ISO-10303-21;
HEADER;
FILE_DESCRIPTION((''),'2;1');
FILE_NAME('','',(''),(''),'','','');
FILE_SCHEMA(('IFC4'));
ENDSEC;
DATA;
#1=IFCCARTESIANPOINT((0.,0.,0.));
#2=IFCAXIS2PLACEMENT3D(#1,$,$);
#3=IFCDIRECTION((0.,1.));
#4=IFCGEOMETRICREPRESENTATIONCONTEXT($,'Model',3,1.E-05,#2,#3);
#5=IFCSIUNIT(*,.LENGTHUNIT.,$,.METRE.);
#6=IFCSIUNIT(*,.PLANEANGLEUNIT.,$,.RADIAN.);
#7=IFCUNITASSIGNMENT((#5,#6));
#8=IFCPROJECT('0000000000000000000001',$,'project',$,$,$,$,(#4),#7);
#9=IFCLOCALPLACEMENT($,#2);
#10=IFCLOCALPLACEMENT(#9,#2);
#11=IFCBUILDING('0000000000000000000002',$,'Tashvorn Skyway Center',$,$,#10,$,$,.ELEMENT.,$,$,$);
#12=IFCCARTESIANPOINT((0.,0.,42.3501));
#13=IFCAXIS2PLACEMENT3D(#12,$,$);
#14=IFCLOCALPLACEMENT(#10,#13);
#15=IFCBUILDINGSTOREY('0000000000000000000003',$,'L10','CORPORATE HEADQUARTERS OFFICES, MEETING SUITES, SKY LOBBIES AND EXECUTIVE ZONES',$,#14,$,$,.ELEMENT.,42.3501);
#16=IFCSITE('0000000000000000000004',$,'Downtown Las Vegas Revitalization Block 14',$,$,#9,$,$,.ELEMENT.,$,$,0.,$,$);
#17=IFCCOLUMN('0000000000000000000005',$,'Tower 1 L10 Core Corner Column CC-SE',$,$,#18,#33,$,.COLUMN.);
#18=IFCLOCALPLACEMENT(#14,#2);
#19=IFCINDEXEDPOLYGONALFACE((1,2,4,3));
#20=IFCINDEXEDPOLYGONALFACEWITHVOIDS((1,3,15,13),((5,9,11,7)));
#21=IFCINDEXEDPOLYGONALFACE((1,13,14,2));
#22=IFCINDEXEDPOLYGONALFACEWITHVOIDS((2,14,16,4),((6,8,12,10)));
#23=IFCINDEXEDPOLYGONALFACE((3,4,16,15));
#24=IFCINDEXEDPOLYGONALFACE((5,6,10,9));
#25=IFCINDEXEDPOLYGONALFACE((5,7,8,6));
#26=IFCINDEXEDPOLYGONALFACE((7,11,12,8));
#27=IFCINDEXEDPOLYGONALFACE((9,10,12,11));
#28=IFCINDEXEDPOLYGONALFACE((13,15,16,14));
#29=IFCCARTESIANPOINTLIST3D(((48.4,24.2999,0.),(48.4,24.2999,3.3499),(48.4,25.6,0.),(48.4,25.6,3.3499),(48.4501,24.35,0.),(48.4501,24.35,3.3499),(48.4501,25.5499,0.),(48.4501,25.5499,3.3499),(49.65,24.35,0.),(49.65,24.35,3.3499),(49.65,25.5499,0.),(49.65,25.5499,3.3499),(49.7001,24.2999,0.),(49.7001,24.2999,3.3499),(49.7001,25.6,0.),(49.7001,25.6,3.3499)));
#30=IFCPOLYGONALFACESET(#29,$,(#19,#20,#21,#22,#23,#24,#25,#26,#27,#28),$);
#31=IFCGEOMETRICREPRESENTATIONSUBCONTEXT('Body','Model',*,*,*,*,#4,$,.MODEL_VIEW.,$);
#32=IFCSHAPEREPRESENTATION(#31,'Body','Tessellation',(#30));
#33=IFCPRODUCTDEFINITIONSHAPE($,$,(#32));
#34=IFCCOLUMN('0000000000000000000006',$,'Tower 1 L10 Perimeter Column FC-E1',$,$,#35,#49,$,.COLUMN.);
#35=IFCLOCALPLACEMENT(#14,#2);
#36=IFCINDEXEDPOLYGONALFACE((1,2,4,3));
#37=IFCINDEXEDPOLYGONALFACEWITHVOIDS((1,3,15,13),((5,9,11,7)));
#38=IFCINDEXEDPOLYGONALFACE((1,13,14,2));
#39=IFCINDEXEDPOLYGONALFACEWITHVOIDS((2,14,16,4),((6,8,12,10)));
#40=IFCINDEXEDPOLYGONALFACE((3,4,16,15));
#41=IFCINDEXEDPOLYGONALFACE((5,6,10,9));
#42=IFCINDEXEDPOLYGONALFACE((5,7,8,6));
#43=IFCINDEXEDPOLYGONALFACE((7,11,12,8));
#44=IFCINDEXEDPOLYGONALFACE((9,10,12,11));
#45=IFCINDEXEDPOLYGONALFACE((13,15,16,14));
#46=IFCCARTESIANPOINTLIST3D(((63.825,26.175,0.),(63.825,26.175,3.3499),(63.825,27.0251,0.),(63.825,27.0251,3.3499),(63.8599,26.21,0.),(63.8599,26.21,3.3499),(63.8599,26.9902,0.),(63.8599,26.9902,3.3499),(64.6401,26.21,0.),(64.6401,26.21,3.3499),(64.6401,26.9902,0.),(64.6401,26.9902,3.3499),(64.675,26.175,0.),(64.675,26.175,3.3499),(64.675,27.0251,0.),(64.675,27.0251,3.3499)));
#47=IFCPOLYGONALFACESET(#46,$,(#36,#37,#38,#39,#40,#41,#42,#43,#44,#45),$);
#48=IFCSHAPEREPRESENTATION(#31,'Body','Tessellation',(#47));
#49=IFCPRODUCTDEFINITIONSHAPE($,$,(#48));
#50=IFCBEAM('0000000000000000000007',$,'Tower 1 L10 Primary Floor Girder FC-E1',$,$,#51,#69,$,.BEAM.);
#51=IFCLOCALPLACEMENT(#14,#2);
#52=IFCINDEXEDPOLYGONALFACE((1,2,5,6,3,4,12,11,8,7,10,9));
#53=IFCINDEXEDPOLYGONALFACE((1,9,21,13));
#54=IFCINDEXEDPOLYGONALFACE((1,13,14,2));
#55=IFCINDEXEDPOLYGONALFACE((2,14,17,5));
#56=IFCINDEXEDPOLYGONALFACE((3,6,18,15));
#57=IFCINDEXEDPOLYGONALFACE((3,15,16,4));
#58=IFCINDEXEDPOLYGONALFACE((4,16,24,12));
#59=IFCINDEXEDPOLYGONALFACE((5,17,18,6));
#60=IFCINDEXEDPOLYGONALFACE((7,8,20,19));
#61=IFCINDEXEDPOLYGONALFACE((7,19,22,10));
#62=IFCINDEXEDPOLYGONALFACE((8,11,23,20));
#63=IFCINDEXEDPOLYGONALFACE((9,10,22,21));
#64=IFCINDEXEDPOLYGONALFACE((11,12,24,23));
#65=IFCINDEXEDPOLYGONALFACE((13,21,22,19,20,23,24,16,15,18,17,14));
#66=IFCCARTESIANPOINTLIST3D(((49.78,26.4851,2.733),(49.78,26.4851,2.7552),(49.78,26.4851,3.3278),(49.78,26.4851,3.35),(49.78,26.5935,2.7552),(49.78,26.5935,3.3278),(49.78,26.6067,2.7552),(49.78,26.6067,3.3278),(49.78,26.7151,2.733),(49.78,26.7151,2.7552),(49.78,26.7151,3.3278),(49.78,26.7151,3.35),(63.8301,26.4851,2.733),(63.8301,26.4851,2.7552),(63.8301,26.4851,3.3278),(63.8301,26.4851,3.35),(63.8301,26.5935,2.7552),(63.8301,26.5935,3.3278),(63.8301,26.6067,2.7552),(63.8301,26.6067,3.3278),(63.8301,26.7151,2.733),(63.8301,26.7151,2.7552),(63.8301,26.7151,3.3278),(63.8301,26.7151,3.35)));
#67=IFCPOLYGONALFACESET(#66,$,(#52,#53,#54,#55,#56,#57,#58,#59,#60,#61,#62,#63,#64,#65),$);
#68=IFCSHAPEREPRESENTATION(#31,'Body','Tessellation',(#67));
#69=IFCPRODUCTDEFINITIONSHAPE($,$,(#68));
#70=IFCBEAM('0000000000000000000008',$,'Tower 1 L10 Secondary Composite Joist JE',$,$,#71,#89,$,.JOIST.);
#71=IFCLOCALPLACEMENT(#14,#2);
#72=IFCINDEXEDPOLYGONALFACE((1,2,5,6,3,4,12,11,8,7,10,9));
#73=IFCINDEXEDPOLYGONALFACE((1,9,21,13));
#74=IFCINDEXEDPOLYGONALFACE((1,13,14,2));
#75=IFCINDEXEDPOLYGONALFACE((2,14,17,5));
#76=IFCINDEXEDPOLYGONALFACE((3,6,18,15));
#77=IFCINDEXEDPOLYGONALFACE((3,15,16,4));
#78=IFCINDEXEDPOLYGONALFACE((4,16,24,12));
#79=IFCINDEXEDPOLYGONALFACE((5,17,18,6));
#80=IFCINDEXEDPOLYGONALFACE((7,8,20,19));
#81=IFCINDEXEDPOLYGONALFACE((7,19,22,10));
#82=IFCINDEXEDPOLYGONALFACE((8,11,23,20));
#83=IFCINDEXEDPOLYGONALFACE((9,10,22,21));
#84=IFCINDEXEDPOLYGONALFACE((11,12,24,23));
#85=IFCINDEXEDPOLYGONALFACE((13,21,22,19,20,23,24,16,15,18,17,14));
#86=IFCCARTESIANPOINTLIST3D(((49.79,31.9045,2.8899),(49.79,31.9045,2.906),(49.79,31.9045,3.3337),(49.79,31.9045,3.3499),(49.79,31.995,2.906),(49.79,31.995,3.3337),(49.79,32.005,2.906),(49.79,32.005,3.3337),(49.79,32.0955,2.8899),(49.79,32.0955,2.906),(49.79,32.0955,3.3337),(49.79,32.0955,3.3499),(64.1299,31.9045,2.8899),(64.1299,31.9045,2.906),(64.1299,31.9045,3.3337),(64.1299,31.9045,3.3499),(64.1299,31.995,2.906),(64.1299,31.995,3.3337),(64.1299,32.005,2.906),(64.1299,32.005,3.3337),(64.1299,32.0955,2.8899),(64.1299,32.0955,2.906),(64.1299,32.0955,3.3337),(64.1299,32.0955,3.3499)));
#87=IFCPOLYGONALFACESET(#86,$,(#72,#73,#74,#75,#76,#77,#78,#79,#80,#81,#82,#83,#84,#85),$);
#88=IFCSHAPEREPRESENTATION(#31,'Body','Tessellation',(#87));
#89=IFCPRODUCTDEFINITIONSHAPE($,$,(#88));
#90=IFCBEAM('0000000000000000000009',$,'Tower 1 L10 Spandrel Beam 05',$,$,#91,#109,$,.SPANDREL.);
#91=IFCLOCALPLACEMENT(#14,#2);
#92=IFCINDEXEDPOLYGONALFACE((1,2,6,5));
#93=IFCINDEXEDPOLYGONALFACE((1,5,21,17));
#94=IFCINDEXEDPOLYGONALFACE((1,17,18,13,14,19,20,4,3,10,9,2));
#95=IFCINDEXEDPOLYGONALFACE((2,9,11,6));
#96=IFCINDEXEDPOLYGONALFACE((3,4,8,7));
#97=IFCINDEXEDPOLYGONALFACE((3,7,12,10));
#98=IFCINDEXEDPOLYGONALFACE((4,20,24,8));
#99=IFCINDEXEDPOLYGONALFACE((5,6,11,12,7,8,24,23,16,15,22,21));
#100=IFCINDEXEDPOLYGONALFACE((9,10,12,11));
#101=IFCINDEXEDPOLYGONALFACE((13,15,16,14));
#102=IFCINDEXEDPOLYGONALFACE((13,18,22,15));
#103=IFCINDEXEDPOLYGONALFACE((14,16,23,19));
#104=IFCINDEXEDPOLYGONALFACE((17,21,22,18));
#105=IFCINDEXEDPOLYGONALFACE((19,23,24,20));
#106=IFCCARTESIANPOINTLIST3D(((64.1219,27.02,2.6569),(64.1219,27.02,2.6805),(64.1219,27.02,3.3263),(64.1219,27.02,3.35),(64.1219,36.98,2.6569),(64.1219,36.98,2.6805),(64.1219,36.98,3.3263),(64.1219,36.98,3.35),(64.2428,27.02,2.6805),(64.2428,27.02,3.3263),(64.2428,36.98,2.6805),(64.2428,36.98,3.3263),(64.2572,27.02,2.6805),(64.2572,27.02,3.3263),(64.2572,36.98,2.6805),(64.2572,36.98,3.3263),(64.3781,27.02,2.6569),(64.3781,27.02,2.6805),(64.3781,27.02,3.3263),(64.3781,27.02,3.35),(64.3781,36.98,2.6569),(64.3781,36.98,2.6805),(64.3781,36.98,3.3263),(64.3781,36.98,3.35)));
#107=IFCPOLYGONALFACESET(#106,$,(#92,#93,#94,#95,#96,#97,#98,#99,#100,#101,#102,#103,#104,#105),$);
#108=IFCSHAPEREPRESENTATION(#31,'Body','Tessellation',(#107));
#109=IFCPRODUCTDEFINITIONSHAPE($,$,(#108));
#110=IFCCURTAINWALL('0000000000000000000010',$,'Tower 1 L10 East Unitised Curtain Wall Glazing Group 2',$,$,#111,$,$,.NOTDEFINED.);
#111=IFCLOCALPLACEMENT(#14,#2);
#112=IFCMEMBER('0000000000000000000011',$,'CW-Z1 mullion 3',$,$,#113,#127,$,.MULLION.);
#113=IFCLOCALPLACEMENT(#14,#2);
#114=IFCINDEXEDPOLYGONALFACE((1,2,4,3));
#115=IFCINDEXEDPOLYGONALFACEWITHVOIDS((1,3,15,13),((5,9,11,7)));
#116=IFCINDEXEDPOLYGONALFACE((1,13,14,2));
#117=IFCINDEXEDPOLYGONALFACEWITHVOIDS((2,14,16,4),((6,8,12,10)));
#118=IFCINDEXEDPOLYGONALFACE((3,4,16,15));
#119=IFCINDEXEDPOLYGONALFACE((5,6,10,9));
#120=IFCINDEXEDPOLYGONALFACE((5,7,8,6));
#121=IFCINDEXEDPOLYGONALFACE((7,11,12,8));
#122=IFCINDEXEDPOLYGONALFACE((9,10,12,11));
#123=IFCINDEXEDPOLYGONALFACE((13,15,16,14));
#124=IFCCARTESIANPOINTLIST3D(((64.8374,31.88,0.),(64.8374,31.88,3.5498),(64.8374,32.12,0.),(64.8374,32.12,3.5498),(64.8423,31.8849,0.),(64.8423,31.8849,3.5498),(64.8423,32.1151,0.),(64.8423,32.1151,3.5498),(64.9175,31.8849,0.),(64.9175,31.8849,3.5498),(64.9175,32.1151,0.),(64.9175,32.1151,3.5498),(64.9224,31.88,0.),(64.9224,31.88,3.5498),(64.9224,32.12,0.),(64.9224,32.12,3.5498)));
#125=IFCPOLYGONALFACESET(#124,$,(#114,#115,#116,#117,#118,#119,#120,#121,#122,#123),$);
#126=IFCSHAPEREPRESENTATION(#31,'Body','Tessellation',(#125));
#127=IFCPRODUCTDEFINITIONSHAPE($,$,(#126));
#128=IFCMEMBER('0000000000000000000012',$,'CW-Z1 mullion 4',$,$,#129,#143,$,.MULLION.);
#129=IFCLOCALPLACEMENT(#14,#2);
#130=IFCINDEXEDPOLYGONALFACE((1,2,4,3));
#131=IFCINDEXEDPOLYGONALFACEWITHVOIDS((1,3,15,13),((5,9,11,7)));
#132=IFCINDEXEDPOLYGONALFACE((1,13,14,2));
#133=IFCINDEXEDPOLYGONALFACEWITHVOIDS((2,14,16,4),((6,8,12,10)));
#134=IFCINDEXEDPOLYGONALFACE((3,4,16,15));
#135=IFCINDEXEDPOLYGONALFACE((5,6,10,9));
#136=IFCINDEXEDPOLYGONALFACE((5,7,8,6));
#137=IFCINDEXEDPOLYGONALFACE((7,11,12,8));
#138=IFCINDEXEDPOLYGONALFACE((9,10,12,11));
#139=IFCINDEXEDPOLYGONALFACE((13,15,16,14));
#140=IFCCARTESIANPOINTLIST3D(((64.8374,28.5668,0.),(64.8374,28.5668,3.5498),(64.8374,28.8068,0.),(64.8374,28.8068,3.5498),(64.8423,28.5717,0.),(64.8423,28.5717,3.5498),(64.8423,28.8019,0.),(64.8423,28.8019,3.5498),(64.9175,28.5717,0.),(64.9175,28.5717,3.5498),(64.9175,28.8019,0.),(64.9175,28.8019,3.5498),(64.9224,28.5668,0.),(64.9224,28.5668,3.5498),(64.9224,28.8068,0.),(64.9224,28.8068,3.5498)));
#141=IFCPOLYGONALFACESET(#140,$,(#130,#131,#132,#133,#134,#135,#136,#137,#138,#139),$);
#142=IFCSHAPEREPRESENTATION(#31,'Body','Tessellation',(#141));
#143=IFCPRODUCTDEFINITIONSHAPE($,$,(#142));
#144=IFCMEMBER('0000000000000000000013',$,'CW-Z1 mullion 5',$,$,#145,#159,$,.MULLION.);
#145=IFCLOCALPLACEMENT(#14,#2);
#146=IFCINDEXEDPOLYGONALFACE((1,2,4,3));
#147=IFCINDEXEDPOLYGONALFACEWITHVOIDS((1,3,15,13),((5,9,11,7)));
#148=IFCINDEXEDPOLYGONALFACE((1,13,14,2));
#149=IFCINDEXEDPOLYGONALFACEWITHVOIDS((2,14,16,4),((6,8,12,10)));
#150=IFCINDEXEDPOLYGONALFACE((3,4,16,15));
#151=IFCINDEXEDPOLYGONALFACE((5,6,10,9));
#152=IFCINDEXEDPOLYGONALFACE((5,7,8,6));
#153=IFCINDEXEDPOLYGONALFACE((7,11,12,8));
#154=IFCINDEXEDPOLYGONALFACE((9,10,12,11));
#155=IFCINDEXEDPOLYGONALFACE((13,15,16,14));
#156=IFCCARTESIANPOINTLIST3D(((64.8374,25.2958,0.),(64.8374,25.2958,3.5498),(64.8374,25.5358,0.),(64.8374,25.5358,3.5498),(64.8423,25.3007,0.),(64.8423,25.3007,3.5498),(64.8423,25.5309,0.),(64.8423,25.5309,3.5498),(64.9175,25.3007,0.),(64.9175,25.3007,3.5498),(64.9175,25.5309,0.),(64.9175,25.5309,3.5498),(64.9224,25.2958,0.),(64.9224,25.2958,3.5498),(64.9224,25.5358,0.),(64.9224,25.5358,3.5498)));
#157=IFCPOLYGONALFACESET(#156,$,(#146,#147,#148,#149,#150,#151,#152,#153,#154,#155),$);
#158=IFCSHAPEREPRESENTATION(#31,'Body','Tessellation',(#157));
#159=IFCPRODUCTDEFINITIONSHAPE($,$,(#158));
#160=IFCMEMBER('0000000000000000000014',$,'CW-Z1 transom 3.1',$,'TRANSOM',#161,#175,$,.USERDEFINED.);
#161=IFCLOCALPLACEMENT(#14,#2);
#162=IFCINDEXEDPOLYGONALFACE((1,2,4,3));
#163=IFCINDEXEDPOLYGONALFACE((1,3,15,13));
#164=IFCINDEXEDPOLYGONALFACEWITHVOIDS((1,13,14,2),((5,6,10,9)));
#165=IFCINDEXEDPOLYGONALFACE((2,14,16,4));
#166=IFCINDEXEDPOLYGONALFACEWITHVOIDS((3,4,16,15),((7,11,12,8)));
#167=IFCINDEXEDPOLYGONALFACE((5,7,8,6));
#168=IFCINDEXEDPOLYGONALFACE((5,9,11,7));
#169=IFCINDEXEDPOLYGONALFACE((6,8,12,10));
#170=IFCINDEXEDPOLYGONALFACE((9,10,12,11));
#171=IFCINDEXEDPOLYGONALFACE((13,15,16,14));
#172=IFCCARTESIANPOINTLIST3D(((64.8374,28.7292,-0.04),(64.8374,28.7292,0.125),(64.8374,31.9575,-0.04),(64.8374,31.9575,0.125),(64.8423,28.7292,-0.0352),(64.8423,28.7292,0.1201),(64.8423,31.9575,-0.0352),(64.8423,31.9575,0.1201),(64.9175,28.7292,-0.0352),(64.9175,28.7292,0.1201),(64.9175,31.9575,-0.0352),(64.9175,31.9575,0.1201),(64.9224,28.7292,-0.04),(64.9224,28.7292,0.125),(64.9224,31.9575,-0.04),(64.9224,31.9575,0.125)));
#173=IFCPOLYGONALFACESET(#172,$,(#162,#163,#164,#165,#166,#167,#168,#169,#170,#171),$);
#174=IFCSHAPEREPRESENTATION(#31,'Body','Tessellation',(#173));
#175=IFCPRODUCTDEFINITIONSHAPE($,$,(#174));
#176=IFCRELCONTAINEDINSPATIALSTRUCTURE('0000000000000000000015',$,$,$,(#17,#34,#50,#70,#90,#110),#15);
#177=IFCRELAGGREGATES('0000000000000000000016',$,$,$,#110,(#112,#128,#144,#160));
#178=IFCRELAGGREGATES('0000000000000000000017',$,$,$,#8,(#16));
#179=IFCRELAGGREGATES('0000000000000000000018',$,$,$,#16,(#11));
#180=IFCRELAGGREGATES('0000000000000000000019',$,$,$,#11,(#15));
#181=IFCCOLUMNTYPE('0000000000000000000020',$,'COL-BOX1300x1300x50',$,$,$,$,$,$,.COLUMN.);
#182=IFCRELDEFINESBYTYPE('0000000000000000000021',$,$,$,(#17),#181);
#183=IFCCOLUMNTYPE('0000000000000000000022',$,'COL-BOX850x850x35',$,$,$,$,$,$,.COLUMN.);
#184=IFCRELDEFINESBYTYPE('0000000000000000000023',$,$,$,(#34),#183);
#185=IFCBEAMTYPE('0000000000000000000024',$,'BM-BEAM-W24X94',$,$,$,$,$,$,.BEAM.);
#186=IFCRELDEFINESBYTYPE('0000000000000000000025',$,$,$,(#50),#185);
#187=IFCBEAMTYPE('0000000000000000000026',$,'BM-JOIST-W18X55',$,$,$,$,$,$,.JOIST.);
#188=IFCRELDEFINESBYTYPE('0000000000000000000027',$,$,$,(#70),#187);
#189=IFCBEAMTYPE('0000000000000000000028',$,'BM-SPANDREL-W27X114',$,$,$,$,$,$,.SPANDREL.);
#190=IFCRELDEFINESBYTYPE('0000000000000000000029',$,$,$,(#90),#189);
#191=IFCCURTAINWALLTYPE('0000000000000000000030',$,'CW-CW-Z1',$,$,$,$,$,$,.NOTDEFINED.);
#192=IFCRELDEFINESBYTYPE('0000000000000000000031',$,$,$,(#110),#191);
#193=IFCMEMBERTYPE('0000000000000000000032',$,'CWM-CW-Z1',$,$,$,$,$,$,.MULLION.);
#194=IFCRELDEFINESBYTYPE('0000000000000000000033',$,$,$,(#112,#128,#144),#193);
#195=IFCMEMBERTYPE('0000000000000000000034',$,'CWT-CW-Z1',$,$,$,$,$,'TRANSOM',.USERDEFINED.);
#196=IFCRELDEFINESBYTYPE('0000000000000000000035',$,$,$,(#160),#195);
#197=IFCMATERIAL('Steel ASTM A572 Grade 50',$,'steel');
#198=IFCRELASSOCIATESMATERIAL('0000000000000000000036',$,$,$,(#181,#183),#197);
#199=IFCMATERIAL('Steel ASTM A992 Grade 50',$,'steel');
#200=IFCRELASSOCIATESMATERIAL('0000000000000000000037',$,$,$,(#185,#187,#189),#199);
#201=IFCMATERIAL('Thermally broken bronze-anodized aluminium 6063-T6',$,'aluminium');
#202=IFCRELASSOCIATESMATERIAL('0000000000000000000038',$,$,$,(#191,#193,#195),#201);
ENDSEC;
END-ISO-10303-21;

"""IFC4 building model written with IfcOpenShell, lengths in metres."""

from ifc_helpers import new_model, si_unit, direction, frame, origin, origin_2d, place, context, subcontext, project, spatial, hollow_rectangle, i_section, extrude, material, material_profile, profile_set, type_object, element, aggregate, save


model = new_model("IFC4")

# Units and contexts
model_context = context("Model", 3, precision=1e-05, world=origin(), true_north=direction((0.0, 1.0)))
body_context = subcontext(model_context, "Body", "Model", "MODEL_VIEW")
ifc_project = project(units=[si_unit("LENGTHUNIT", "METRE"), si_unit("PLANEANGLEUNIT", "RADIAN")], contexts=[model_context])

# Site, building, storey
site_placement = place(None, origin())
site = spatial("IfcSite", under=ifc_project, at=site_placement, Name="Downtown Las Vegas Revitalization Block 14", CompositionType="ELEMENT", RefElevation=0.0)
building_placement = place(site_placement, origin())
building = spatial("IfcBuilding", under=site, at=building_placement, Name="Tashvorn Skyway Center", CompositionType="ELEMENT")
storey_placement = place(building_placement, frame((0.0, 0.0, 42.3501)))
storey = spatial("IfcBuildingStorey", under=building, at=storey_placement, Name="L10", Description="CORPORATE HEADQUARTERS OFFICES, MEETING SUITES, SKY LOBBIES AND EXECUTIVE ZONES", CompositionType="ELEMENT", Elevation=42.3501)

# Columns
ifc_material_1 = material(Name="Steel ASTM A572 Grade 50", Category="steel")
ifc_material_profile_1 = material_profile(ifc_material_1, hollow_rectangle(XDim=1.3, YDim=1.3, WallThickness=0.05, at=origin_2d()), Name="BOX1300x1300x50")
ifc_profile_set_1 = profile_set([ifc_material_profile_1], Name="Steel ASTM A572 Grade 50")
column_type_1 = type_object("IfcColumnType", Name="COL-BOX1300x1300x50", PredefinedType="COLUMN", material=ifc_profile_set_1)
column_1_placement = place(storey_placement, frame((49.05, 24.95, 0.0), z_axis=(0.0, 0.0, 1.0), x_axis=(1.0, 0.0, 0.0)))
element("IfcColumn", 1, at=column_1_placement, inside=storey, type_object=column_type_1, Name="Tower 1 L10 Core Corner Column CC-SE", PredefinedType="COLUMN", context=body_context, shape_type="SweptSolid", body=[
    extrude(hollow_rectangle(XDim=1.3, YDim=1.3, WallThickness=0.05, at=origin_2d()), origin(), (0.0, 0.0, 1.0), 3.3499),
])
ifc_material_profile_2 = material_profile(ifc_material_1, hollow_rectangle(XDim=0.8501, YDim=0.8501, WallThickness=0.0349, at=origin_2d()), Name="BOX850x850x35")
ifc_profile_set_2 = profile_set([ifc_material_profile_2], Name="Steel ASTM A572 Grade 50")
column_type_2 = type_object("IfcColumnType", Name="COL-BOX850x850x35", PredefinedType="COLUMN", material=ifc_profile_set_2)
column_2_placement = place(storey_placement, frame((64.25, 26.6001, 0.0), z_axis=(0.0, 0.0, 1.0), x_axis=(1.0, 0.0, 0.0)))
element("IfcColumn", 2, at=column_2_placement, inside=storey, type_object=column_type_2, Name="Tower 1 L10 Perimeter Column FC-E1", PredefinedType="COLUMN", context=body_context, shape_type="SweptSolid", body=[
    extrude(hollow_rectangle(XDim=0.8501, YDim=0.8501, WallThickness=0.0349, at=origin_2d()), origin(), (0.0, 0.0, 1.0), 3.3499),
])

# Beams
ifc_material_2 = material(Name="Steel ASTM A992 Grade 50", Category="steel")
ifc_material_profile_3 = material_profile(ifc_material_2, i_section(OverallWidth=0.23, OverallDepth=0.6169, WebThickness=0.0132, FlangeThickness=0.0222, at=origin_2d()), Name="W24X94")
ifc_profile_set_3 = profile_set([ifc_material_profile_3], Name="Steel ASTM A992 Grade 50")
beam_type_1 = type_object("IfcBeamType", Name="BM-BEAM-W24X94", PredefinedType="BEAM", material=ifc_profile_set_3)
beam_1_placement = place(storey_placement, frame((63.8301, 26.6001, 3.0415), z_axis=(-1.0, 0.0, 0.0), x_axis=(0.0, -1.0, 0.0)))
element("IfcBeam", 3, at=beam_1_placement, inside=storey, type_object=beam_type_1, Name="Tower 1 L10 Primary Floor Girder FC-E1", PredefinedType="BEAM", context=body_context, shape_type="SweptSolid", body=[
    extrude(i_section(OverallWidth=0.23, OverallDepth=0.6169, WebThickness=0.0132, FlangeThickness=0.0222, at=origin_2d()), origin(), (0.0, 0.0, 1.0), 14.05),
])
ifc_material_profile_4 = material_profile(ifc_material_2, i_section(OverallWidth=0.1909, OverallDepth=0.46, WebThickness=0.01, FlangeThickness=0.0161, at=origin_2d()), Name="W18X55")
ifc_profile_set_4 = profile_set([ifc_material_profile_4], Name="Steel ASTM A992 Grade 50")
beam_type_2 = type_object("IfcBeamType", Name="BM-JOIST-W18X55", PredefinedType="JOIST", material=ifc_profile_set_4)
beam_2_placement = place(storey_placement, frame((49.79, 32.0, 3.1199), z_axis=(1.0, 0.0, 0.0), x_axis=(0.0, 1.0, 0.0)))
element("IfcBeam", 4, at=beam_2_placement, inside=storey, type_object=beam_type_2, Name="Tower 1 L10 Secondary Composite Joist JE", PredefinedType="JOIST", context=body_context, shape_type="SweptSolid", body=[
    extrude(i_section(OverallWidth=0.1909, OverallDepth=0.46, WebThickness=0.01, FlangeThickness=0.0161, at=origin_2d()), origin(), (0.0, 0.0, 1.0), 14.3398),
])
ifc_material_profile_5 = material_profile(ifc_material_2, i_section(OverallWidth=0.2561, OverallDepth=0.6931, WebThickness=0.0144, FlangeThickness=0.0237, at=origin_2d()), Name="W27X114")
ifc_profile_set_5 = profile_set([ifc_material_profile_5], Name="Steel ASTM A992 Grade 50")
beam_type_3 = type_object("IfcBeamType", Name="BM-SPANDREL-W27X114", PredefinedType="SPANDREL", material=ifc_profile_set_5)
beam_3_placement = place(storey_placement, frame((64.25, 27.02, 3.0034), z_axis=(0.0, 1.0, 0.0), x_axis=(-1.0, 0.0, 0.0)))
element("IfcBeam", 5, at=beam_3_placement, inside=storey, type_object=beam_type_3, Name="Tower 1 L10 Spandrel Beam 05", PredefinedType="SPANDREL", context=body_context, shape_type="SweptSolid", body=[
    extrude(i_section(OverallWidth=0.2561, OverallDepth=0.6931, WebThickness=0.0144, FlangeThickness=0.0237, at=origin_2d()), origin(), (0.0, 0.0, 1.0), 9.96),
])

# Curtain wall, members
ifc_material_3 = material(Name="Thermally broken bronze-anodized aluminium 6063-T6", Category="aluminium")
curtain_wall_type = type_object("IfcCurtainWallType", Name="CW-CW-Z1", PredefinedType="NOTDEFINED", material=ifc_material_3)
curtain_wall_placement = place(storey_placement, origin())
curtain_wall = element("IfcCurtainWall", 6, at=curtain_wall_placement, inside=storey, type_object=curtain_wall_type, Name="Tower 1 L10 East Unitised Curtain Wall Glazing Group 2", PredefinedType="NOTDEFINED")
ifc_material_profile_6 = material_profile(ifc_material_3, hollow_rectangle(XDim=0.085, YDim=0.24, WallThickness=0.0049, at=origin_2d()), Name="ALU-MULL-85x240")
ifc_profile_set_6 = profile_set([ifc_material_profile_6], Name="Thermally broken bronze-anodized aluminium 6063-T6")
member_type_1 = type_object("IfcMemberType", Name="CWM-CW-Z1", PredefinedType="MULLION", material=ifc_profile_set_6)
member_1_placement = place(storey_placement, frame((64.8799, 32.0, 0.0), z_axis=(0.0, 0.0, 1.0), x_axis=(1.0, 0.0, 0.0)))
member_1 = element("IfcMember", 7, at=member_1_placement, type_object=member_type_1, Name="CW-Z1 mullion 3", PredefinedType="MULLION", context=body_context, shape_type="SweptSolid", body=[
    extrude(hollow_rectangle(XDim=0.085, YDim=0.24, WallThickness=0.0049, at=origin_2d()), origin(), (0.0, 0.0, 1.0), 3.5498),
])
member_2_placement = place(storey_placement, frame((64.8799, 28.6868, 0.0), z_axis=(0.0, 0.0, 1.0), x_axis=(1.0, 0.0, 0.0)))
member_2 = element("IfcMember", 8, at=member_2_placement, type_object=member_type_1, Name="CW-Z1 mullion 4", PredefinedType="MULLION", context=body_context, shape_type="SweptSolid", body=[
    extrude(hollow_rectangle(XDim=0.085, YDim=0.24, WallThickness=0.0049, at=origin_2d()), origin(), (0.0, 0.0, 1.0), 3.5498),
])
member_3_placement = place(storey_placement, frame((64.8799, 25.4158, 0.0), z_axis=(0.0, 0.0, 1.0), x_axis=(1.0, 0.0, 0.0)))
member_3 = element("IfcMember", 9, at=member_3_placement, type_object=member_type_1, Name="CW-Z1 mullion 5", PredefinedType="MULLION", context=body_context, shape_type="SweptSolid", body=[
    extrude(hollow_rectangle(XDim=0.085, YDim=0.24, WallThickness=0.0049, at=origin_2d()), origin(), (0.0, 0.0, 1.0), 3.5498),
])
ifc_material_profile_7 = material_profile(ifc_material_3, hollow_rectangle(XDim=0.085, YDim=0.165, WallThickness=0.0049, at=origin_2d()), Name="ALU-TRAN-85x165")
ifc_profile_set_7 = profile_set([ifc_material_profile_7], Name="Thermally broken bronze-anodized aluminium 6063-T6")
member_type_2 = type_object("IfcMemberType", Name="CWT-CW-Z1", ElementType="TRANSOM", PredefinedType="USERDEFINED", material=ifc_profile_set_7)
member_4_placement = place(storey_placement, frame((64.8799, 31.9575, 0.0425), z_axis=(0.0, -1.0, 0.0), x_axis=(1.0, 0.0, 0.0)))
member_4 = element("IfcMember", 10, at=member_4_placement, type_object=member_type_2, Name="CW-Z1 transom 3.1", ObjectType="TRANSOM", PredefinedType="USERDEFINED", context=body_context, shape_type="SweptSolid", body=[
    extrude(hollow_rectangle(XDim=0.085, YDim=0.165, WallThickness=0.0049, at=origin_2d()), origin(), (0.0, 0.0, 1.0), 3.2283),
])
aggregate(curtain_wall, [member_1, member_2, member_3, member_4])

save(model, "model.ifc")
